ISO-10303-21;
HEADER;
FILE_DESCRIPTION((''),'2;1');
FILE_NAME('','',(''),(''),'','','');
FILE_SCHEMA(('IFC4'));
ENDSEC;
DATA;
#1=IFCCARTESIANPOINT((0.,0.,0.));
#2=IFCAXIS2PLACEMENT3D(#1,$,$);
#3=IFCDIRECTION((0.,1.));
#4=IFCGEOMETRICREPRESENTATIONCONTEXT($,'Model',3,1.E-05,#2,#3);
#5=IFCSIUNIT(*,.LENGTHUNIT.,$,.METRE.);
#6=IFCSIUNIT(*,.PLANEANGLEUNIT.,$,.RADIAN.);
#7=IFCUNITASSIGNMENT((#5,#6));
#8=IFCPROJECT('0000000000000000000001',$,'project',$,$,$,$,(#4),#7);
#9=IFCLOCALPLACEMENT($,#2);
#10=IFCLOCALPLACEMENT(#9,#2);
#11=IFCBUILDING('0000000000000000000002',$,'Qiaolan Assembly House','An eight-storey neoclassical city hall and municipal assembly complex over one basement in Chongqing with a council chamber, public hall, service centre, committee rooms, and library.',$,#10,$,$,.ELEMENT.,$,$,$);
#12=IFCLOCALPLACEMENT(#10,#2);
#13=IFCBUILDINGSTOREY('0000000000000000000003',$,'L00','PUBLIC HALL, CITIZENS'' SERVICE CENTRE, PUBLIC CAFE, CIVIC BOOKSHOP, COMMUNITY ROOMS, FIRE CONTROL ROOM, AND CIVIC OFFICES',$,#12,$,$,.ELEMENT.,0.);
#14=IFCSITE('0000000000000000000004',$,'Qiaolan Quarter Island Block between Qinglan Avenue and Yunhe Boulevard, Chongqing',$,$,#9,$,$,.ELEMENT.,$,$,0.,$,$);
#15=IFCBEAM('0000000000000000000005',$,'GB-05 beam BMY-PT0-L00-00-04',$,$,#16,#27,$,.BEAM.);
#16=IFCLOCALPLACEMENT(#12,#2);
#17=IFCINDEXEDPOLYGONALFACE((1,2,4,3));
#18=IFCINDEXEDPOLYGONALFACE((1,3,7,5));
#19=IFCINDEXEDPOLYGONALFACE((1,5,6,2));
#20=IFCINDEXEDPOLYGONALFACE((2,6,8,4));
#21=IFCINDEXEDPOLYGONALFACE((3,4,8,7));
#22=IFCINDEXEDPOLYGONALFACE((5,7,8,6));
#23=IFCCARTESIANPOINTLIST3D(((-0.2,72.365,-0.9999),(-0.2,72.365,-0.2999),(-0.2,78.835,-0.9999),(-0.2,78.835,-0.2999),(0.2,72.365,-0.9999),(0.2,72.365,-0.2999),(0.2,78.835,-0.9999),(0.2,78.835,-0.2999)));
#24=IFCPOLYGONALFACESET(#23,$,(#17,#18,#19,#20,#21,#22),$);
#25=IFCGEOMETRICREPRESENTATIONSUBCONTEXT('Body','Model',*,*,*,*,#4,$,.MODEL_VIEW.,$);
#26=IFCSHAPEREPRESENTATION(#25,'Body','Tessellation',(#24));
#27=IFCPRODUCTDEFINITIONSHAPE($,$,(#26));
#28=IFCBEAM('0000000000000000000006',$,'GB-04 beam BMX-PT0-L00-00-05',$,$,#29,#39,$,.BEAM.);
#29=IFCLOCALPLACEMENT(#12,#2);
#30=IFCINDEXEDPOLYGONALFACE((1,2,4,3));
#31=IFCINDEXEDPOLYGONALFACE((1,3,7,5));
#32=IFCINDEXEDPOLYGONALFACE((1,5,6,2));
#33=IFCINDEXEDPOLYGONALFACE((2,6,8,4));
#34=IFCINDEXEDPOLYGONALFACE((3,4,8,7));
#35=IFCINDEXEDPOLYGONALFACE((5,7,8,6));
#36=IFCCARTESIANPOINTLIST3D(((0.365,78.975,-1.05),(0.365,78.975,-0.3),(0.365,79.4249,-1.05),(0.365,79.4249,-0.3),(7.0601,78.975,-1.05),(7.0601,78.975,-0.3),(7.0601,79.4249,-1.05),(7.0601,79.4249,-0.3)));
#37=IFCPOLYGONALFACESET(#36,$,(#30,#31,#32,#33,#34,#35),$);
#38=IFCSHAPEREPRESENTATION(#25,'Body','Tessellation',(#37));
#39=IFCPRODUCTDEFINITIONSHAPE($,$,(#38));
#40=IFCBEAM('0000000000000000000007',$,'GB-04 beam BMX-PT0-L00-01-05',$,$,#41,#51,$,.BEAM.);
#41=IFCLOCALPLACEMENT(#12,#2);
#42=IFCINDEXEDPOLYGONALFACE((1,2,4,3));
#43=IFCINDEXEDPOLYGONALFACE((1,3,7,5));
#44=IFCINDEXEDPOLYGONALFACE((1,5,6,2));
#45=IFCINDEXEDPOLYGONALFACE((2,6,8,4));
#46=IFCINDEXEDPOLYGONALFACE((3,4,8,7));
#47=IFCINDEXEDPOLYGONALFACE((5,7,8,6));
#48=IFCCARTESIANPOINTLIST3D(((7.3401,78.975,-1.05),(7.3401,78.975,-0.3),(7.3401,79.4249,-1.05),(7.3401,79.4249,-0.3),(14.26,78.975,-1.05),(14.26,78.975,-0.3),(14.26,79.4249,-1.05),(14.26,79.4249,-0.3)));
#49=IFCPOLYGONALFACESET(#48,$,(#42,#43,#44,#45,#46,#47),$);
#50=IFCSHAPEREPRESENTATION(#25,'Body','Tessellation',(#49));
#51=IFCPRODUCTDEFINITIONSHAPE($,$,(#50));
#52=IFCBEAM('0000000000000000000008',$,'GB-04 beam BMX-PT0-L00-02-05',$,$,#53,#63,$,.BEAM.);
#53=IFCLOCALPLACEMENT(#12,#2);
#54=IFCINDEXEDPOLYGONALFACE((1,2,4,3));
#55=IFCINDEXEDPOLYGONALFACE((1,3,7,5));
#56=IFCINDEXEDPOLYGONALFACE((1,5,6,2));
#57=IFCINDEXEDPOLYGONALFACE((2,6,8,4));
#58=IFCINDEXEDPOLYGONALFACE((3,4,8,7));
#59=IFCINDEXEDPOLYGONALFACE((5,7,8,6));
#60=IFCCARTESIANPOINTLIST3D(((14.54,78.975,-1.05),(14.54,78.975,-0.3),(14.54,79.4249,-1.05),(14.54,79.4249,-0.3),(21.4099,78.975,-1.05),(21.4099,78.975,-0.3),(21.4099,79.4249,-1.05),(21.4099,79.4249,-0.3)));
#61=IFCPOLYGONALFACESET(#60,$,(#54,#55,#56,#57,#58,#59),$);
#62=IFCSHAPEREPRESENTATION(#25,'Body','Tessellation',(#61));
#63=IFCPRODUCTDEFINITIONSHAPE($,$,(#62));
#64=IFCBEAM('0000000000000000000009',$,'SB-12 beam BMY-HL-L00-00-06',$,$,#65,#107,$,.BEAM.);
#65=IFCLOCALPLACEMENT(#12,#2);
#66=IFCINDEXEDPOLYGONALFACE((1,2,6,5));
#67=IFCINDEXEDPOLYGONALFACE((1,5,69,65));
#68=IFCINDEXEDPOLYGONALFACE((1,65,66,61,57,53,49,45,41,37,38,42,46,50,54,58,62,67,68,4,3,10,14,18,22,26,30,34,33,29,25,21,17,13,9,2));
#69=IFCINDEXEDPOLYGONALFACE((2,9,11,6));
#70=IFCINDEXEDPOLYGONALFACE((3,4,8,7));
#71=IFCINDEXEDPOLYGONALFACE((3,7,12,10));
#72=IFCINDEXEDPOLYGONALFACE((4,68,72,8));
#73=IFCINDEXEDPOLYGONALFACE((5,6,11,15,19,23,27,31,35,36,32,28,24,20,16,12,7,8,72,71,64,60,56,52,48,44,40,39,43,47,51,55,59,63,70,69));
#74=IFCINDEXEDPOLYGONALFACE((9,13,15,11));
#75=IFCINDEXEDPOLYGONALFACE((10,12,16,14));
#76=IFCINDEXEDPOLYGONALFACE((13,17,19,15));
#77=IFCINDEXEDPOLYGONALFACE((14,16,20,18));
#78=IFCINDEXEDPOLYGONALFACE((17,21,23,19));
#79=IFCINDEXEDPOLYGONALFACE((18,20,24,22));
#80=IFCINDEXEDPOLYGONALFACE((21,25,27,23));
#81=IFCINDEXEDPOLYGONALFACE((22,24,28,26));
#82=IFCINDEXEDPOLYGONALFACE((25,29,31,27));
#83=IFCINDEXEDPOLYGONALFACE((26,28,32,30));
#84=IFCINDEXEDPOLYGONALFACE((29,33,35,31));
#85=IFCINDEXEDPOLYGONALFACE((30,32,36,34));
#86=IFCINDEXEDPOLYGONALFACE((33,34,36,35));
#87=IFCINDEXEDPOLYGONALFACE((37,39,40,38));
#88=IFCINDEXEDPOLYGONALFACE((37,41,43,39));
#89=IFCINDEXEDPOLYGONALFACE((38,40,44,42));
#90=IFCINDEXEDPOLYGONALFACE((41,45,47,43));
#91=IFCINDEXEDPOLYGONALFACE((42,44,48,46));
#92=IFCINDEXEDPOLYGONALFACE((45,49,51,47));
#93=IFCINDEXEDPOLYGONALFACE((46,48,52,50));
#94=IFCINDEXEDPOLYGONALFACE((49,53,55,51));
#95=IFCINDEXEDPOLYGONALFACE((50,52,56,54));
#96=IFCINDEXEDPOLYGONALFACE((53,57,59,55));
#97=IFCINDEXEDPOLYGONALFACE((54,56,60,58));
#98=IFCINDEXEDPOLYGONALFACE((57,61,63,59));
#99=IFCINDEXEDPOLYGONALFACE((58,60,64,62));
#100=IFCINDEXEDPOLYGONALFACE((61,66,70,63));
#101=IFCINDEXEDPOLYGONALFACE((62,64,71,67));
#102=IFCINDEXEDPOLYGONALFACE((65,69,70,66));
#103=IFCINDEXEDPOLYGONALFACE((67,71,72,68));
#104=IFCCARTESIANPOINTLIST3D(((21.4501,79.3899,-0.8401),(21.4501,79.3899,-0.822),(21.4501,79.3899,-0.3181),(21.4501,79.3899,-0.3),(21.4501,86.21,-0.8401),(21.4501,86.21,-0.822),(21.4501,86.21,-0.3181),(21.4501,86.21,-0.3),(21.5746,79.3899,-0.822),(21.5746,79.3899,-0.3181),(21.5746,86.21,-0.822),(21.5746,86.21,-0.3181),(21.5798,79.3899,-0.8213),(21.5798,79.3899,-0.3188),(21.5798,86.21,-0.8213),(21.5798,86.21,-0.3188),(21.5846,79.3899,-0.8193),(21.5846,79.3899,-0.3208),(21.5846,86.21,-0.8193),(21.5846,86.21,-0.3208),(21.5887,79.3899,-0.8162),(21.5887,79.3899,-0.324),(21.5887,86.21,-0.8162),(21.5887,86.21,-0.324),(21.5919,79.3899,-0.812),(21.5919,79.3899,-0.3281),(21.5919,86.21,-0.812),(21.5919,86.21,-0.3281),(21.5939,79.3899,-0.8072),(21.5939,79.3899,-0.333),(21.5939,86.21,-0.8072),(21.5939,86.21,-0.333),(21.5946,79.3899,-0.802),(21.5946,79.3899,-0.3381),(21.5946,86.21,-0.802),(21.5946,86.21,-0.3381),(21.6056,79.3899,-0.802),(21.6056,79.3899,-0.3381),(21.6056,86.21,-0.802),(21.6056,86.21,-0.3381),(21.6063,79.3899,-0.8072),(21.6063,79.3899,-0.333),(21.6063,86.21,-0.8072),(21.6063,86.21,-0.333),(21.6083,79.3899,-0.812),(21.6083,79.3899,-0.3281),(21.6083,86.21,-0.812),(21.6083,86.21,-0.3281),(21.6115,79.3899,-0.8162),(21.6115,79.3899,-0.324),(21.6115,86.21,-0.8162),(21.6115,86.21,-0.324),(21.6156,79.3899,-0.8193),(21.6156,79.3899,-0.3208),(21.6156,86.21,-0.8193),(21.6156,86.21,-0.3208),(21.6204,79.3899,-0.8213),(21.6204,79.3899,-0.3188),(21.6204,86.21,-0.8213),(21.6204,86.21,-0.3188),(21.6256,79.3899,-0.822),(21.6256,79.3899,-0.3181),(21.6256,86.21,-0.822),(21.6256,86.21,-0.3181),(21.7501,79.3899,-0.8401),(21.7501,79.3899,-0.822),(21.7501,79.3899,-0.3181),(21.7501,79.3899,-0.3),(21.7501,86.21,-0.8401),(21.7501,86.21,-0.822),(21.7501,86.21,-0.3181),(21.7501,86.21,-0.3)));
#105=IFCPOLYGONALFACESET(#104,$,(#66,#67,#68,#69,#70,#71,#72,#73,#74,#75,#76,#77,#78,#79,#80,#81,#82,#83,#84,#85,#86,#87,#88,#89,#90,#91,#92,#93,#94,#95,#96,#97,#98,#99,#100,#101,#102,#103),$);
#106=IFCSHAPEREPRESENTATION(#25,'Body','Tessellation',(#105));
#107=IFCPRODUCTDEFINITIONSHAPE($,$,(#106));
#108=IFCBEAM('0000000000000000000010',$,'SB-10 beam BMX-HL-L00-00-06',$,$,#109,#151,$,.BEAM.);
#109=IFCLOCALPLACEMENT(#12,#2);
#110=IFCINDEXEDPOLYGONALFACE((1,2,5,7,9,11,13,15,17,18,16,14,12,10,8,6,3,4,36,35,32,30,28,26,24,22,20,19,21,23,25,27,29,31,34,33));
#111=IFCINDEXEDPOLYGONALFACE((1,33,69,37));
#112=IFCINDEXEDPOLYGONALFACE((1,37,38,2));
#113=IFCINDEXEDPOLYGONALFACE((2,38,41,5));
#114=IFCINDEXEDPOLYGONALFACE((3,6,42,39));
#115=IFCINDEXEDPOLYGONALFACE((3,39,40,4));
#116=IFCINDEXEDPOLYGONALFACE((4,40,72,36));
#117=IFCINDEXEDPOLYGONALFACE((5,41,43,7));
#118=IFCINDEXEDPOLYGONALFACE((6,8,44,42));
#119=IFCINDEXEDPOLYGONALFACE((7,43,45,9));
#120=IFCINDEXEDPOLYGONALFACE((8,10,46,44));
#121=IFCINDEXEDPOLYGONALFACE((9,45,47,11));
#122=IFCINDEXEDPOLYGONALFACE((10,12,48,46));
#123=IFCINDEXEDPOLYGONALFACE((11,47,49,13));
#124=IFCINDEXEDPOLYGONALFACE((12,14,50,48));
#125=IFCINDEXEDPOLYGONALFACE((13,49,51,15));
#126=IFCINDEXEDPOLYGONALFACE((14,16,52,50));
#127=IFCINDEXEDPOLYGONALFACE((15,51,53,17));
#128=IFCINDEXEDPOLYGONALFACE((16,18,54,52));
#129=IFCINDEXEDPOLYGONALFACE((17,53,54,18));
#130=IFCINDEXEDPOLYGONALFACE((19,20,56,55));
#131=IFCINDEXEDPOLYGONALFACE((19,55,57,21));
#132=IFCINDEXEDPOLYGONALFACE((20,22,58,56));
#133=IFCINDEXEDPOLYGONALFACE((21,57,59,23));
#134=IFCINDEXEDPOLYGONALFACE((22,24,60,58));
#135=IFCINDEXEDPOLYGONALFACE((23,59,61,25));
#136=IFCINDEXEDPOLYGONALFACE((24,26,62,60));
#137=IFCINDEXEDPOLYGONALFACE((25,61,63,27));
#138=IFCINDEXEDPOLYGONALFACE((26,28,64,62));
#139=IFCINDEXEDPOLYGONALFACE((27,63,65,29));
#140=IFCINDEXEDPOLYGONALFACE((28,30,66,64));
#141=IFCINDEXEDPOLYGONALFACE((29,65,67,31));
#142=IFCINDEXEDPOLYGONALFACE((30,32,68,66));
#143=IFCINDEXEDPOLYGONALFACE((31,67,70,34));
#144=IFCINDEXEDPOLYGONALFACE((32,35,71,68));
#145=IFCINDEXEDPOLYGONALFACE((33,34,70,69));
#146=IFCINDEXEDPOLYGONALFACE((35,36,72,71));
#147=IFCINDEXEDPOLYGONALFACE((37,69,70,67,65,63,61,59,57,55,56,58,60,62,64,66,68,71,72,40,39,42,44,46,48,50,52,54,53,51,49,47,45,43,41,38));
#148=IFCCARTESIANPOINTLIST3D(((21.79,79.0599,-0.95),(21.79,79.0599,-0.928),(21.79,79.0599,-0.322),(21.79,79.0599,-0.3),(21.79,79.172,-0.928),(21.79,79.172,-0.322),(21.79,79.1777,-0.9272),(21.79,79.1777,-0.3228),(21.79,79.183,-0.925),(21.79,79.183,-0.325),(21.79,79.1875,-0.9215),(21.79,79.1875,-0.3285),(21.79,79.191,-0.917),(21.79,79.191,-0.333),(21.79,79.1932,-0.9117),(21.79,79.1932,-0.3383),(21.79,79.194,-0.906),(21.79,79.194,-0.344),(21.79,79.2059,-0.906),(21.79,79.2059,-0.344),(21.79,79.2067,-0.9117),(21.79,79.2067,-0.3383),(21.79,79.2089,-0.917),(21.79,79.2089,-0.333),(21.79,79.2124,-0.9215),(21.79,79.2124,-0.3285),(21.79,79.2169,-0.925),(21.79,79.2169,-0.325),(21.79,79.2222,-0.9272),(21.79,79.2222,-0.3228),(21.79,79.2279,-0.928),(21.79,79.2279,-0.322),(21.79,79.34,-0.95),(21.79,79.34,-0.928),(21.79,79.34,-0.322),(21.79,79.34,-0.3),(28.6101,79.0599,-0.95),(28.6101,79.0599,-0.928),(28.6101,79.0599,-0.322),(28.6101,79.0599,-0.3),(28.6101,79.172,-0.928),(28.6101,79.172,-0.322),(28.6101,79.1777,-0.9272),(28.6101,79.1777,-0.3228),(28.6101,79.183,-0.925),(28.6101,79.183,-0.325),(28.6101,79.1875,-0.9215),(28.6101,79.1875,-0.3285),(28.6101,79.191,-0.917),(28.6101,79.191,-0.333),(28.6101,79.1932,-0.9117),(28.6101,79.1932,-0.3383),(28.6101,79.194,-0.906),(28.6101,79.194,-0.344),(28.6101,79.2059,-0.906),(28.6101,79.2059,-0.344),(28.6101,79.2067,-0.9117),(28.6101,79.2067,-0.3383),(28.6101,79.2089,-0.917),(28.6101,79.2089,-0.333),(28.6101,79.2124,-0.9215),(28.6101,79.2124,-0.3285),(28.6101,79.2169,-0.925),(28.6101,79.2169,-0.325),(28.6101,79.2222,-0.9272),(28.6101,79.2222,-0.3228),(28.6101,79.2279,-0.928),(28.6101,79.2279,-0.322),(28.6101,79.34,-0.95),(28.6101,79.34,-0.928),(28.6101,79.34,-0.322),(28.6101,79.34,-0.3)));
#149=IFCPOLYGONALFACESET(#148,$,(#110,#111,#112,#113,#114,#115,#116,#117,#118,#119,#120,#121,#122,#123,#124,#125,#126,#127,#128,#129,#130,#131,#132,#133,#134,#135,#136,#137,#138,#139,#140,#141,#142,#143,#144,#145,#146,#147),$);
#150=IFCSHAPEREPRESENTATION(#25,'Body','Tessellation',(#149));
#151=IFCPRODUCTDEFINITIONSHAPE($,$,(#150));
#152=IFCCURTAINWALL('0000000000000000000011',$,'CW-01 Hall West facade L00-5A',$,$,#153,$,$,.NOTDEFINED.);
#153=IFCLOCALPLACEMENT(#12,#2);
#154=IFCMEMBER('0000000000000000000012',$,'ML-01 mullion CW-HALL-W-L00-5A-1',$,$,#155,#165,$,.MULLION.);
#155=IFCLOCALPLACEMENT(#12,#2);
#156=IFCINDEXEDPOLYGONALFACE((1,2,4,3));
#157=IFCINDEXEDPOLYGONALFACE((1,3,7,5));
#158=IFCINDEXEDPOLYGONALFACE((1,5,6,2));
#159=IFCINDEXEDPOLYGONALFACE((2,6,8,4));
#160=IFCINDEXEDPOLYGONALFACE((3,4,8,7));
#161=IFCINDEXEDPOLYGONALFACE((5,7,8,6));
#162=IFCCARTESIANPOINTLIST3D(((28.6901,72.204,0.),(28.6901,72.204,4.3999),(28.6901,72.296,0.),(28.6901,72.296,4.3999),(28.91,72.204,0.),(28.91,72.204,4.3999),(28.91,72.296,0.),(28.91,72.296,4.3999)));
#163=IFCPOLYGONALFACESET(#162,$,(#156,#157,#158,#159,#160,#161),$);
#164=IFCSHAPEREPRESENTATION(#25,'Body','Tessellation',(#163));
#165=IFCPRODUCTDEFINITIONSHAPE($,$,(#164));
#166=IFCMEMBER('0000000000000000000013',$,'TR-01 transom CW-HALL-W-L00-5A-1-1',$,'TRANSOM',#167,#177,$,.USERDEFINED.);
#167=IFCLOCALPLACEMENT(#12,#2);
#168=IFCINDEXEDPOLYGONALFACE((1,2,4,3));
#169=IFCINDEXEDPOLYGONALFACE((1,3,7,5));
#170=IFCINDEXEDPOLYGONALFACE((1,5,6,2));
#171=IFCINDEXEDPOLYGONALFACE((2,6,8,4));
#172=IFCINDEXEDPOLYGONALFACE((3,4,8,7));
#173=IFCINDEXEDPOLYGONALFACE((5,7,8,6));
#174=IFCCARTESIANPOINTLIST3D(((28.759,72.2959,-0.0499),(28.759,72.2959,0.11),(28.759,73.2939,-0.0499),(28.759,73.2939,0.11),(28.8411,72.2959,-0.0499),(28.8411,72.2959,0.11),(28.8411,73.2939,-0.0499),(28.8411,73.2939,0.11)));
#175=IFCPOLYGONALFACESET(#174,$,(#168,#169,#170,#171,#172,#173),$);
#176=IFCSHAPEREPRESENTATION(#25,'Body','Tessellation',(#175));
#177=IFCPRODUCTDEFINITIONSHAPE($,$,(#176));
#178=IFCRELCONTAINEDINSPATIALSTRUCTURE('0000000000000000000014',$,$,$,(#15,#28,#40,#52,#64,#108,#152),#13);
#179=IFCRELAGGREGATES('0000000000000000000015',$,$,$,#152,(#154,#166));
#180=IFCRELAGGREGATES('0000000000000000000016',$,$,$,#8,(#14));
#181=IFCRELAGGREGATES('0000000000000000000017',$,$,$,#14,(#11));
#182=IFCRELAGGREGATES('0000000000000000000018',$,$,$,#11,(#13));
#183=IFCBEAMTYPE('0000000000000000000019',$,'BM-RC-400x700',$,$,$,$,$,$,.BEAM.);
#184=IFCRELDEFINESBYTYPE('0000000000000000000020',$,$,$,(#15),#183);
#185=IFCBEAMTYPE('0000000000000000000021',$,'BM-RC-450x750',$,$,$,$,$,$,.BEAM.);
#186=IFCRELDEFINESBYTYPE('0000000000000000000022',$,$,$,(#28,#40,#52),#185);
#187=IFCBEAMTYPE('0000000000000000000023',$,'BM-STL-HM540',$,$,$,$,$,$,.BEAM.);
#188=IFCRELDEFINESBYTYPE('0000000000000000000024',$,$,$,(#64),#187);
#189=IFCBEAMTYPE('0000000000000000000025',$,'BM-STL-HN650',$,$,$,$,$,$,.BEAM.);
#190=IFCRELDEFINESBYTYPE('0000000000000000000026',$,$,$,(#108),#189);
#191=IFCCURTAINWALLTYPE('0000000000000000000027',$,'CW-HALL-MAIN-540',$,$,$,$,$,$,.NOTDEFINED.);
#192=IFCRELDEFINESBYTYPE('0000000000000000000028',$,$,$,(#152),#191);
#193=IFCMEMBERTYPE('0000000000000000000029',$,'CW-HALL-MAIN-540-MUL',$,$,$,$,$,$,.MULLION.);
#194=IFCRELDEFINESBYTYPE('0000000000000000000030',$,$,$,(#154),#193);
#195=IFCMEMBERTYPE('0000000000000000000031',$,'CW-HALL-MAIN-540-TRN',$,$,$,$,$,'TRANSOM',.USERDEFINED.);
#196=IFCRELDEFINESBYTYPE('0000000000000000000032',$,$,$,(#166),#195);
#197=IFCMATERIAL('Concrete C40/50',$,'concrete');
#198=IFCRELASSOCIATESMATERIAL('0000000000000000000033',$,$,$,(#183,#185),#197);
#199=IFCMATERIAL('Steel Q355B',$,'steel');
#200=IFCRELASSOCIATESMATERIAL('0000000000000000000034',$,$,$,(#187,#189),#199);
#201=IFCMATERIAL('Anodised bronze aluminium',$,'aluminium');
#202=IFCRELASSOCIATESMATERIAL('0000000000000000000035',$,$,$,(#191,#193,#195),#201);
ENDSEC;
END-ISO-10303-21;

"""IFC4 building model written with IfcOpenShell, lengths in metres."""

from ifc_helpers import new_model, si_unit, direction, frame, origin, origin_2d, place, context, subcontext, project, spatial, rectangle, i_section, extrude, material, material_profile, profile_set, type_object, element, aggregate, save


model = new_model("IFC4")

# Units and contexts
model_context = context("Model", 3, precision=1e-05, world=origin(), true_north=direction((0.0, 1.0)))
body_context = subcontext(model_context, "Body", "Model", "MODEL_VIEW")
ifc_project = project(units=[si_unit("LENGTHUNIT", "METRE"), si_unit("PLANEANGLEUNIT", "RADIAN")], contexts=[model_context])

# Site, building, storey
site_placement = place(None, origin())
site = spatial("IfcSite", under=ifc_project, at=site_placement, Name="Qiaolan Quarter Island Block between Qinglan Avenue and Yunhe Boulevard, Chongqing", CompositionType="ELEMENT", RefElevation=0.0)
building_placement = place(site_placement, origin())
building = spatial("IfcBuilding", under=site, at=building_placement, Name="Qiaolan Assembly House", Description="An eight-storey neoclassical city hall and municipal assembly complex over one basement in Chongqing with a council chamber, public hall, service centre, committee rooms, and library.", CompositionType="ELEMENT")
storey_placement = place(building_placement, origin())
storey = spatial("IfcBuildingStorey", under=building, at=storey_placement, Name="L00", Description="PUBLIC HALL, CITIZENS' SERVICE CENTRE, PUBLIC CAFE, CIVIC BOOKSHOP, COMMUNITY ROOMS, FIRE CONTROL ROOM, AND CIVIC OFFICES", CompositionType="ELEMENT", Elevation=0.0)

# Shared definitions
ifc_material_1 = material(Name="Steel Q355B", Category="steel")

# Beams
ifc_material_2 = material(Name="Concrete C40/50", Category="concrete")
ifc_material_profile_1 = material_profile(ifc_material_2, rectangle(XDim=0.3999, YDim=0.7, at=origin_2d()), Name="RCB 400x700")
ifc_profile_set_1 = profile_set([ifc_material_profile_1], Name="Concrete C40/50")
beam_type_1 = type_object("IfcBeamType", Name="BM-RC-400x700", PredefinedType="BEAM", material=ifc_profile_set_1)
beam_1_placement = place(storey_placement, frame((0.0, 72.365, -0.6499), z_axis=(0.0, 1.0, 0.0), x_axis=(-1.0, 0.0, 0.0)))
element("IfcBeam", 1, at=beam_1_placement, inside=storey, type_object=beam_type_1, Name="GB-05 beam BMY-PT0-L00-00-04", PredefinedType="BEAM", context=body_context, shape_type="SweptSolid", body=[
    extrude(rectangle(XDim=0.3999, YDim=0.7, at=origin_2d()), origin(), (0.0, 0.0, 1.0), 6.47),
])
ifc_material_profile_2 = material_profile(ifc_material_2, rectangle(XDim=0.45, YDim=0.75, at=origin_2d()), Name="RCB 450x750")
ifc_profile_set_2 = profile_set([ifc_material_profile_2], Name="Concrete C40/50")
beam_type_2 = type_object("IfcBeamType", Name="BM-RC-450x750", PredefinedType="BEAM", material=ifc_profile_set_2)
beam_2_placement = place(storey_placement, frame((0.365, 79.2, -0.675), z_axis=(1.0, 0.0, 0.0), x_axis=(0.0, 1.0, 0.0)))
element("IfcBeam", 2, at=beam_2_placement, inside=storey, type_object=beam_type_2, Name="GB-04 beam BMX-PT0-L00-00-05", PredefinedType="BEAM", context=body_context, shape_type="SweptSolid", body=[
    extrude(rectangle(XDim=0.45, YDim=0.75, at=origin_2d()), origin(), (0.0, 0.0, 1.0), 6.6951),
])
beam_3_placement = place(storey_placement, frame((7.3401, 79.2, -0.675), z_axis=(1.0, 0.0, 0.0), x_axis=(0.0, 1.0, 0.0)))
element("IfcBeam", 3, at=beam_3_placement, inside=storey, type_object=beam_type_2, Name="GB-04 beam BMX-PT0-L00-01-05", PredefinedType="BEAM", context=body_context, shape_type="SweptSolid", body=[
    extrude(rectangle(XDim=0.45, YDim=0.75, at=origin_2d()), origin(), (0.0, 0.0, 1.0), 6.9199),
])
beam_4_placement = place(storey_placement, frame((14.54, 79.2, -0.675), z_axis=(1.0, 0.0, 0.0), x_axis=(0.0, 1.0, 0.0)))
element("IfcBeam", 4, at=beam_4_placement, inside=storey, type_object=beam_type_2, Name="GB-04 beam BMX-PT0-L00-02-05", PredefinedType="BEAM", context=body_context, shape_type="SweptSolid", body=[
    extrude(rectangle(XDim=0.45, YDim=0.75, at=origin_2d()), origin(), (0.0, 0.0, 1.0), 6.8699),
])
ifc_material_profile_3 = material_profile(ifc_material_1, i_section(OverallWidth=0.3, OverallDepth=0.54, WebThickness=0.011, FlangeThickness=0.0181, FilletRadius=0.02, at=origin_2d()), Name="HM 540x300x11x18")
ifc_profile_set_3 = profile_set([ifc_material_profile_3], Name="Steel Q355B")
beam_type_3 = type_object("IfcBeamType", Name="BM-STL-HM540", PredefinedType="BEAM", material=ifc_profile_set_3)
beam_5_placement = place(storey_placement, frame((21.6001, 79.3899, -0.5701), z_axis=(0.0, 1.0, 0.0), x_axis=(-1.0, 0.0, 0.0)))
element("IfcBeam", 5, at=beam_5_placement, inside=storey, type_object=beam_type_3, Name="SB-12 beam BMY-HL-L00-00-06", PredefinedType="BEAM", context=body_context, shape_type="SweptSolid", body=[
    extrude(i_section(OverallWidth=0.3, OverallDepth=0.54, WebThickness=0.011, FlangeThickness=0.0181, FilletRadius=0.02, at=origin_2d()), origin(), (0.0, 0.0, 1.0), 6.8201),
])
ifc_material_profile_4 = material_profile(ifc_material_1, i_section(OverallWidth=0.28, OverallDepth=0.6499, WebThickness=0.012, FlangeThickness=0.022, FilletRadius=0.022, at=origin_2d()), Name="HN 650x280x12x22")
ifc_profile_set_4 = profile_set([ifc_material_profile_4], Name="Steel Q355B")
beam_type_4 = type_object("IfcBeamType", Name="BM-STL-HN650", PredefinedType="BEAM", material=ifc_profile_set_4)
beam_6_placement = place(storey_placement, frame((21.79, 79.2, -0.625), z_axis=(1.0, 0.0, 0.0), x_axis=(0.0, 1.0, 0.0)))
element("IfcBeam", 6, at=beam_6_placement, inside=storey, type_object=beam_type_4, Name="SB-10 beam BMX-HL-L00-00-06", PredefinedType="BEAM", context=body_context, shape_type="SweptSolid", body=[
    extrude(i_section(OverallWidth=0.28, OverallDepth=0.6499, WebThickness=0.012, FlangeThickness=0.022, FilletRadius=0.022, at=origin_2d()), origin(), (0.0, 0.0, 1.0), 6.8201),
])

# Curtain wall, members
ifc_material_3 = material(Name="Anodised bronze aluminium", Category="aluminium")
curtain_wall_type = type_object("IfcCurtainWallType", Name="CW-HALL-MAIN-540", PredefinedType="NOTDEFINED", material=ifc_material_3)
curtain_wall_placement = place(storey_placement, origin())
curtain_wall = element("IfcCurtainWall", 7, at=curtain_wall_placement, inside=storey, type_object=curtain_wall_type, Name="CW-01 Hall West facade L00-5A", PredefinedType="NOTDEFINED")
ifc_material_profile_5 = material_profile(ifc_material_3, rectangle(XDim=0.092, YDim=0.22, at=origin_2d()), Name="MUL 92x220")
ifc_profile_set_5 = profile_set([ifc_material_profile_5], Name="Anodised bronze aluminium")
member_type_1 = type_object("IfcMemberType", Name="CW-HALL-MAIN-540-MUL", PredefinedType="MULLION", material=ifc_profile_set_5)
member_1_placement = place(storey_placement, frame((28.8, 72.25, 0.0), z_axis=(0.0, 0.0, 1.0), x_axis=(0.0, 1.0, 0.0)))
member_1 = element("IfcMember", 8, at=member_1_placement, type_object=member_type_1, Name="ML-01 mullion CW-HALL-W-L00-5A-1", PredefinedType="MULLION", context=body_context, shape_type="SweptSolid", body=[
    extrude(rectangle(XDim=0.092, YDim=0.22, at=origin_2d()), origin(), (0.0, 0.0, 1.0), 4.3999),
])
ifc_material_profile_6 = material_profile(ifc_material_3, rectangle(XDim=0.082, YDim=0.1599, at=origin_2d()), Name="TRN 82x160")
ifc_profile_set_6 = profile_set([ifc_material_profile_6], Name="Anodised bronze aluminium")
member_type_2 = type_object("IfcMemberType", Name="CW-HALL-MAIN-540-TRN", ElementType="TRANSOM", PredefinedType="USERDEFINED", material=ifc_profile_set_6)
member_2_placement = place(storey_placement, frame((28.8, 72.2959, 0.03), z_axis=(0.0, 1.0, 0.0), x_axis=(-1.0, 0.0, 0.0)))
member_2 = element("IfcMember", 9, at=member_2_placement, type_object=member_type_2, Name="TR-01 transom CW-HALL-W-L00-5A-1-1", ObjectType="TRANSOM", PredefinedType="USERDEFINED", context=body_context, shape_type="SweptSolid", body=[
    extrude(rectangle(XDim=0.082, YDim=0.1599, at=origin_2d()), origin(), (0.0, 0.0, 1.0), 0.998),
])

aggregate(curtain_wall, [member_1, member_2])

save(model, "model.ifc")
